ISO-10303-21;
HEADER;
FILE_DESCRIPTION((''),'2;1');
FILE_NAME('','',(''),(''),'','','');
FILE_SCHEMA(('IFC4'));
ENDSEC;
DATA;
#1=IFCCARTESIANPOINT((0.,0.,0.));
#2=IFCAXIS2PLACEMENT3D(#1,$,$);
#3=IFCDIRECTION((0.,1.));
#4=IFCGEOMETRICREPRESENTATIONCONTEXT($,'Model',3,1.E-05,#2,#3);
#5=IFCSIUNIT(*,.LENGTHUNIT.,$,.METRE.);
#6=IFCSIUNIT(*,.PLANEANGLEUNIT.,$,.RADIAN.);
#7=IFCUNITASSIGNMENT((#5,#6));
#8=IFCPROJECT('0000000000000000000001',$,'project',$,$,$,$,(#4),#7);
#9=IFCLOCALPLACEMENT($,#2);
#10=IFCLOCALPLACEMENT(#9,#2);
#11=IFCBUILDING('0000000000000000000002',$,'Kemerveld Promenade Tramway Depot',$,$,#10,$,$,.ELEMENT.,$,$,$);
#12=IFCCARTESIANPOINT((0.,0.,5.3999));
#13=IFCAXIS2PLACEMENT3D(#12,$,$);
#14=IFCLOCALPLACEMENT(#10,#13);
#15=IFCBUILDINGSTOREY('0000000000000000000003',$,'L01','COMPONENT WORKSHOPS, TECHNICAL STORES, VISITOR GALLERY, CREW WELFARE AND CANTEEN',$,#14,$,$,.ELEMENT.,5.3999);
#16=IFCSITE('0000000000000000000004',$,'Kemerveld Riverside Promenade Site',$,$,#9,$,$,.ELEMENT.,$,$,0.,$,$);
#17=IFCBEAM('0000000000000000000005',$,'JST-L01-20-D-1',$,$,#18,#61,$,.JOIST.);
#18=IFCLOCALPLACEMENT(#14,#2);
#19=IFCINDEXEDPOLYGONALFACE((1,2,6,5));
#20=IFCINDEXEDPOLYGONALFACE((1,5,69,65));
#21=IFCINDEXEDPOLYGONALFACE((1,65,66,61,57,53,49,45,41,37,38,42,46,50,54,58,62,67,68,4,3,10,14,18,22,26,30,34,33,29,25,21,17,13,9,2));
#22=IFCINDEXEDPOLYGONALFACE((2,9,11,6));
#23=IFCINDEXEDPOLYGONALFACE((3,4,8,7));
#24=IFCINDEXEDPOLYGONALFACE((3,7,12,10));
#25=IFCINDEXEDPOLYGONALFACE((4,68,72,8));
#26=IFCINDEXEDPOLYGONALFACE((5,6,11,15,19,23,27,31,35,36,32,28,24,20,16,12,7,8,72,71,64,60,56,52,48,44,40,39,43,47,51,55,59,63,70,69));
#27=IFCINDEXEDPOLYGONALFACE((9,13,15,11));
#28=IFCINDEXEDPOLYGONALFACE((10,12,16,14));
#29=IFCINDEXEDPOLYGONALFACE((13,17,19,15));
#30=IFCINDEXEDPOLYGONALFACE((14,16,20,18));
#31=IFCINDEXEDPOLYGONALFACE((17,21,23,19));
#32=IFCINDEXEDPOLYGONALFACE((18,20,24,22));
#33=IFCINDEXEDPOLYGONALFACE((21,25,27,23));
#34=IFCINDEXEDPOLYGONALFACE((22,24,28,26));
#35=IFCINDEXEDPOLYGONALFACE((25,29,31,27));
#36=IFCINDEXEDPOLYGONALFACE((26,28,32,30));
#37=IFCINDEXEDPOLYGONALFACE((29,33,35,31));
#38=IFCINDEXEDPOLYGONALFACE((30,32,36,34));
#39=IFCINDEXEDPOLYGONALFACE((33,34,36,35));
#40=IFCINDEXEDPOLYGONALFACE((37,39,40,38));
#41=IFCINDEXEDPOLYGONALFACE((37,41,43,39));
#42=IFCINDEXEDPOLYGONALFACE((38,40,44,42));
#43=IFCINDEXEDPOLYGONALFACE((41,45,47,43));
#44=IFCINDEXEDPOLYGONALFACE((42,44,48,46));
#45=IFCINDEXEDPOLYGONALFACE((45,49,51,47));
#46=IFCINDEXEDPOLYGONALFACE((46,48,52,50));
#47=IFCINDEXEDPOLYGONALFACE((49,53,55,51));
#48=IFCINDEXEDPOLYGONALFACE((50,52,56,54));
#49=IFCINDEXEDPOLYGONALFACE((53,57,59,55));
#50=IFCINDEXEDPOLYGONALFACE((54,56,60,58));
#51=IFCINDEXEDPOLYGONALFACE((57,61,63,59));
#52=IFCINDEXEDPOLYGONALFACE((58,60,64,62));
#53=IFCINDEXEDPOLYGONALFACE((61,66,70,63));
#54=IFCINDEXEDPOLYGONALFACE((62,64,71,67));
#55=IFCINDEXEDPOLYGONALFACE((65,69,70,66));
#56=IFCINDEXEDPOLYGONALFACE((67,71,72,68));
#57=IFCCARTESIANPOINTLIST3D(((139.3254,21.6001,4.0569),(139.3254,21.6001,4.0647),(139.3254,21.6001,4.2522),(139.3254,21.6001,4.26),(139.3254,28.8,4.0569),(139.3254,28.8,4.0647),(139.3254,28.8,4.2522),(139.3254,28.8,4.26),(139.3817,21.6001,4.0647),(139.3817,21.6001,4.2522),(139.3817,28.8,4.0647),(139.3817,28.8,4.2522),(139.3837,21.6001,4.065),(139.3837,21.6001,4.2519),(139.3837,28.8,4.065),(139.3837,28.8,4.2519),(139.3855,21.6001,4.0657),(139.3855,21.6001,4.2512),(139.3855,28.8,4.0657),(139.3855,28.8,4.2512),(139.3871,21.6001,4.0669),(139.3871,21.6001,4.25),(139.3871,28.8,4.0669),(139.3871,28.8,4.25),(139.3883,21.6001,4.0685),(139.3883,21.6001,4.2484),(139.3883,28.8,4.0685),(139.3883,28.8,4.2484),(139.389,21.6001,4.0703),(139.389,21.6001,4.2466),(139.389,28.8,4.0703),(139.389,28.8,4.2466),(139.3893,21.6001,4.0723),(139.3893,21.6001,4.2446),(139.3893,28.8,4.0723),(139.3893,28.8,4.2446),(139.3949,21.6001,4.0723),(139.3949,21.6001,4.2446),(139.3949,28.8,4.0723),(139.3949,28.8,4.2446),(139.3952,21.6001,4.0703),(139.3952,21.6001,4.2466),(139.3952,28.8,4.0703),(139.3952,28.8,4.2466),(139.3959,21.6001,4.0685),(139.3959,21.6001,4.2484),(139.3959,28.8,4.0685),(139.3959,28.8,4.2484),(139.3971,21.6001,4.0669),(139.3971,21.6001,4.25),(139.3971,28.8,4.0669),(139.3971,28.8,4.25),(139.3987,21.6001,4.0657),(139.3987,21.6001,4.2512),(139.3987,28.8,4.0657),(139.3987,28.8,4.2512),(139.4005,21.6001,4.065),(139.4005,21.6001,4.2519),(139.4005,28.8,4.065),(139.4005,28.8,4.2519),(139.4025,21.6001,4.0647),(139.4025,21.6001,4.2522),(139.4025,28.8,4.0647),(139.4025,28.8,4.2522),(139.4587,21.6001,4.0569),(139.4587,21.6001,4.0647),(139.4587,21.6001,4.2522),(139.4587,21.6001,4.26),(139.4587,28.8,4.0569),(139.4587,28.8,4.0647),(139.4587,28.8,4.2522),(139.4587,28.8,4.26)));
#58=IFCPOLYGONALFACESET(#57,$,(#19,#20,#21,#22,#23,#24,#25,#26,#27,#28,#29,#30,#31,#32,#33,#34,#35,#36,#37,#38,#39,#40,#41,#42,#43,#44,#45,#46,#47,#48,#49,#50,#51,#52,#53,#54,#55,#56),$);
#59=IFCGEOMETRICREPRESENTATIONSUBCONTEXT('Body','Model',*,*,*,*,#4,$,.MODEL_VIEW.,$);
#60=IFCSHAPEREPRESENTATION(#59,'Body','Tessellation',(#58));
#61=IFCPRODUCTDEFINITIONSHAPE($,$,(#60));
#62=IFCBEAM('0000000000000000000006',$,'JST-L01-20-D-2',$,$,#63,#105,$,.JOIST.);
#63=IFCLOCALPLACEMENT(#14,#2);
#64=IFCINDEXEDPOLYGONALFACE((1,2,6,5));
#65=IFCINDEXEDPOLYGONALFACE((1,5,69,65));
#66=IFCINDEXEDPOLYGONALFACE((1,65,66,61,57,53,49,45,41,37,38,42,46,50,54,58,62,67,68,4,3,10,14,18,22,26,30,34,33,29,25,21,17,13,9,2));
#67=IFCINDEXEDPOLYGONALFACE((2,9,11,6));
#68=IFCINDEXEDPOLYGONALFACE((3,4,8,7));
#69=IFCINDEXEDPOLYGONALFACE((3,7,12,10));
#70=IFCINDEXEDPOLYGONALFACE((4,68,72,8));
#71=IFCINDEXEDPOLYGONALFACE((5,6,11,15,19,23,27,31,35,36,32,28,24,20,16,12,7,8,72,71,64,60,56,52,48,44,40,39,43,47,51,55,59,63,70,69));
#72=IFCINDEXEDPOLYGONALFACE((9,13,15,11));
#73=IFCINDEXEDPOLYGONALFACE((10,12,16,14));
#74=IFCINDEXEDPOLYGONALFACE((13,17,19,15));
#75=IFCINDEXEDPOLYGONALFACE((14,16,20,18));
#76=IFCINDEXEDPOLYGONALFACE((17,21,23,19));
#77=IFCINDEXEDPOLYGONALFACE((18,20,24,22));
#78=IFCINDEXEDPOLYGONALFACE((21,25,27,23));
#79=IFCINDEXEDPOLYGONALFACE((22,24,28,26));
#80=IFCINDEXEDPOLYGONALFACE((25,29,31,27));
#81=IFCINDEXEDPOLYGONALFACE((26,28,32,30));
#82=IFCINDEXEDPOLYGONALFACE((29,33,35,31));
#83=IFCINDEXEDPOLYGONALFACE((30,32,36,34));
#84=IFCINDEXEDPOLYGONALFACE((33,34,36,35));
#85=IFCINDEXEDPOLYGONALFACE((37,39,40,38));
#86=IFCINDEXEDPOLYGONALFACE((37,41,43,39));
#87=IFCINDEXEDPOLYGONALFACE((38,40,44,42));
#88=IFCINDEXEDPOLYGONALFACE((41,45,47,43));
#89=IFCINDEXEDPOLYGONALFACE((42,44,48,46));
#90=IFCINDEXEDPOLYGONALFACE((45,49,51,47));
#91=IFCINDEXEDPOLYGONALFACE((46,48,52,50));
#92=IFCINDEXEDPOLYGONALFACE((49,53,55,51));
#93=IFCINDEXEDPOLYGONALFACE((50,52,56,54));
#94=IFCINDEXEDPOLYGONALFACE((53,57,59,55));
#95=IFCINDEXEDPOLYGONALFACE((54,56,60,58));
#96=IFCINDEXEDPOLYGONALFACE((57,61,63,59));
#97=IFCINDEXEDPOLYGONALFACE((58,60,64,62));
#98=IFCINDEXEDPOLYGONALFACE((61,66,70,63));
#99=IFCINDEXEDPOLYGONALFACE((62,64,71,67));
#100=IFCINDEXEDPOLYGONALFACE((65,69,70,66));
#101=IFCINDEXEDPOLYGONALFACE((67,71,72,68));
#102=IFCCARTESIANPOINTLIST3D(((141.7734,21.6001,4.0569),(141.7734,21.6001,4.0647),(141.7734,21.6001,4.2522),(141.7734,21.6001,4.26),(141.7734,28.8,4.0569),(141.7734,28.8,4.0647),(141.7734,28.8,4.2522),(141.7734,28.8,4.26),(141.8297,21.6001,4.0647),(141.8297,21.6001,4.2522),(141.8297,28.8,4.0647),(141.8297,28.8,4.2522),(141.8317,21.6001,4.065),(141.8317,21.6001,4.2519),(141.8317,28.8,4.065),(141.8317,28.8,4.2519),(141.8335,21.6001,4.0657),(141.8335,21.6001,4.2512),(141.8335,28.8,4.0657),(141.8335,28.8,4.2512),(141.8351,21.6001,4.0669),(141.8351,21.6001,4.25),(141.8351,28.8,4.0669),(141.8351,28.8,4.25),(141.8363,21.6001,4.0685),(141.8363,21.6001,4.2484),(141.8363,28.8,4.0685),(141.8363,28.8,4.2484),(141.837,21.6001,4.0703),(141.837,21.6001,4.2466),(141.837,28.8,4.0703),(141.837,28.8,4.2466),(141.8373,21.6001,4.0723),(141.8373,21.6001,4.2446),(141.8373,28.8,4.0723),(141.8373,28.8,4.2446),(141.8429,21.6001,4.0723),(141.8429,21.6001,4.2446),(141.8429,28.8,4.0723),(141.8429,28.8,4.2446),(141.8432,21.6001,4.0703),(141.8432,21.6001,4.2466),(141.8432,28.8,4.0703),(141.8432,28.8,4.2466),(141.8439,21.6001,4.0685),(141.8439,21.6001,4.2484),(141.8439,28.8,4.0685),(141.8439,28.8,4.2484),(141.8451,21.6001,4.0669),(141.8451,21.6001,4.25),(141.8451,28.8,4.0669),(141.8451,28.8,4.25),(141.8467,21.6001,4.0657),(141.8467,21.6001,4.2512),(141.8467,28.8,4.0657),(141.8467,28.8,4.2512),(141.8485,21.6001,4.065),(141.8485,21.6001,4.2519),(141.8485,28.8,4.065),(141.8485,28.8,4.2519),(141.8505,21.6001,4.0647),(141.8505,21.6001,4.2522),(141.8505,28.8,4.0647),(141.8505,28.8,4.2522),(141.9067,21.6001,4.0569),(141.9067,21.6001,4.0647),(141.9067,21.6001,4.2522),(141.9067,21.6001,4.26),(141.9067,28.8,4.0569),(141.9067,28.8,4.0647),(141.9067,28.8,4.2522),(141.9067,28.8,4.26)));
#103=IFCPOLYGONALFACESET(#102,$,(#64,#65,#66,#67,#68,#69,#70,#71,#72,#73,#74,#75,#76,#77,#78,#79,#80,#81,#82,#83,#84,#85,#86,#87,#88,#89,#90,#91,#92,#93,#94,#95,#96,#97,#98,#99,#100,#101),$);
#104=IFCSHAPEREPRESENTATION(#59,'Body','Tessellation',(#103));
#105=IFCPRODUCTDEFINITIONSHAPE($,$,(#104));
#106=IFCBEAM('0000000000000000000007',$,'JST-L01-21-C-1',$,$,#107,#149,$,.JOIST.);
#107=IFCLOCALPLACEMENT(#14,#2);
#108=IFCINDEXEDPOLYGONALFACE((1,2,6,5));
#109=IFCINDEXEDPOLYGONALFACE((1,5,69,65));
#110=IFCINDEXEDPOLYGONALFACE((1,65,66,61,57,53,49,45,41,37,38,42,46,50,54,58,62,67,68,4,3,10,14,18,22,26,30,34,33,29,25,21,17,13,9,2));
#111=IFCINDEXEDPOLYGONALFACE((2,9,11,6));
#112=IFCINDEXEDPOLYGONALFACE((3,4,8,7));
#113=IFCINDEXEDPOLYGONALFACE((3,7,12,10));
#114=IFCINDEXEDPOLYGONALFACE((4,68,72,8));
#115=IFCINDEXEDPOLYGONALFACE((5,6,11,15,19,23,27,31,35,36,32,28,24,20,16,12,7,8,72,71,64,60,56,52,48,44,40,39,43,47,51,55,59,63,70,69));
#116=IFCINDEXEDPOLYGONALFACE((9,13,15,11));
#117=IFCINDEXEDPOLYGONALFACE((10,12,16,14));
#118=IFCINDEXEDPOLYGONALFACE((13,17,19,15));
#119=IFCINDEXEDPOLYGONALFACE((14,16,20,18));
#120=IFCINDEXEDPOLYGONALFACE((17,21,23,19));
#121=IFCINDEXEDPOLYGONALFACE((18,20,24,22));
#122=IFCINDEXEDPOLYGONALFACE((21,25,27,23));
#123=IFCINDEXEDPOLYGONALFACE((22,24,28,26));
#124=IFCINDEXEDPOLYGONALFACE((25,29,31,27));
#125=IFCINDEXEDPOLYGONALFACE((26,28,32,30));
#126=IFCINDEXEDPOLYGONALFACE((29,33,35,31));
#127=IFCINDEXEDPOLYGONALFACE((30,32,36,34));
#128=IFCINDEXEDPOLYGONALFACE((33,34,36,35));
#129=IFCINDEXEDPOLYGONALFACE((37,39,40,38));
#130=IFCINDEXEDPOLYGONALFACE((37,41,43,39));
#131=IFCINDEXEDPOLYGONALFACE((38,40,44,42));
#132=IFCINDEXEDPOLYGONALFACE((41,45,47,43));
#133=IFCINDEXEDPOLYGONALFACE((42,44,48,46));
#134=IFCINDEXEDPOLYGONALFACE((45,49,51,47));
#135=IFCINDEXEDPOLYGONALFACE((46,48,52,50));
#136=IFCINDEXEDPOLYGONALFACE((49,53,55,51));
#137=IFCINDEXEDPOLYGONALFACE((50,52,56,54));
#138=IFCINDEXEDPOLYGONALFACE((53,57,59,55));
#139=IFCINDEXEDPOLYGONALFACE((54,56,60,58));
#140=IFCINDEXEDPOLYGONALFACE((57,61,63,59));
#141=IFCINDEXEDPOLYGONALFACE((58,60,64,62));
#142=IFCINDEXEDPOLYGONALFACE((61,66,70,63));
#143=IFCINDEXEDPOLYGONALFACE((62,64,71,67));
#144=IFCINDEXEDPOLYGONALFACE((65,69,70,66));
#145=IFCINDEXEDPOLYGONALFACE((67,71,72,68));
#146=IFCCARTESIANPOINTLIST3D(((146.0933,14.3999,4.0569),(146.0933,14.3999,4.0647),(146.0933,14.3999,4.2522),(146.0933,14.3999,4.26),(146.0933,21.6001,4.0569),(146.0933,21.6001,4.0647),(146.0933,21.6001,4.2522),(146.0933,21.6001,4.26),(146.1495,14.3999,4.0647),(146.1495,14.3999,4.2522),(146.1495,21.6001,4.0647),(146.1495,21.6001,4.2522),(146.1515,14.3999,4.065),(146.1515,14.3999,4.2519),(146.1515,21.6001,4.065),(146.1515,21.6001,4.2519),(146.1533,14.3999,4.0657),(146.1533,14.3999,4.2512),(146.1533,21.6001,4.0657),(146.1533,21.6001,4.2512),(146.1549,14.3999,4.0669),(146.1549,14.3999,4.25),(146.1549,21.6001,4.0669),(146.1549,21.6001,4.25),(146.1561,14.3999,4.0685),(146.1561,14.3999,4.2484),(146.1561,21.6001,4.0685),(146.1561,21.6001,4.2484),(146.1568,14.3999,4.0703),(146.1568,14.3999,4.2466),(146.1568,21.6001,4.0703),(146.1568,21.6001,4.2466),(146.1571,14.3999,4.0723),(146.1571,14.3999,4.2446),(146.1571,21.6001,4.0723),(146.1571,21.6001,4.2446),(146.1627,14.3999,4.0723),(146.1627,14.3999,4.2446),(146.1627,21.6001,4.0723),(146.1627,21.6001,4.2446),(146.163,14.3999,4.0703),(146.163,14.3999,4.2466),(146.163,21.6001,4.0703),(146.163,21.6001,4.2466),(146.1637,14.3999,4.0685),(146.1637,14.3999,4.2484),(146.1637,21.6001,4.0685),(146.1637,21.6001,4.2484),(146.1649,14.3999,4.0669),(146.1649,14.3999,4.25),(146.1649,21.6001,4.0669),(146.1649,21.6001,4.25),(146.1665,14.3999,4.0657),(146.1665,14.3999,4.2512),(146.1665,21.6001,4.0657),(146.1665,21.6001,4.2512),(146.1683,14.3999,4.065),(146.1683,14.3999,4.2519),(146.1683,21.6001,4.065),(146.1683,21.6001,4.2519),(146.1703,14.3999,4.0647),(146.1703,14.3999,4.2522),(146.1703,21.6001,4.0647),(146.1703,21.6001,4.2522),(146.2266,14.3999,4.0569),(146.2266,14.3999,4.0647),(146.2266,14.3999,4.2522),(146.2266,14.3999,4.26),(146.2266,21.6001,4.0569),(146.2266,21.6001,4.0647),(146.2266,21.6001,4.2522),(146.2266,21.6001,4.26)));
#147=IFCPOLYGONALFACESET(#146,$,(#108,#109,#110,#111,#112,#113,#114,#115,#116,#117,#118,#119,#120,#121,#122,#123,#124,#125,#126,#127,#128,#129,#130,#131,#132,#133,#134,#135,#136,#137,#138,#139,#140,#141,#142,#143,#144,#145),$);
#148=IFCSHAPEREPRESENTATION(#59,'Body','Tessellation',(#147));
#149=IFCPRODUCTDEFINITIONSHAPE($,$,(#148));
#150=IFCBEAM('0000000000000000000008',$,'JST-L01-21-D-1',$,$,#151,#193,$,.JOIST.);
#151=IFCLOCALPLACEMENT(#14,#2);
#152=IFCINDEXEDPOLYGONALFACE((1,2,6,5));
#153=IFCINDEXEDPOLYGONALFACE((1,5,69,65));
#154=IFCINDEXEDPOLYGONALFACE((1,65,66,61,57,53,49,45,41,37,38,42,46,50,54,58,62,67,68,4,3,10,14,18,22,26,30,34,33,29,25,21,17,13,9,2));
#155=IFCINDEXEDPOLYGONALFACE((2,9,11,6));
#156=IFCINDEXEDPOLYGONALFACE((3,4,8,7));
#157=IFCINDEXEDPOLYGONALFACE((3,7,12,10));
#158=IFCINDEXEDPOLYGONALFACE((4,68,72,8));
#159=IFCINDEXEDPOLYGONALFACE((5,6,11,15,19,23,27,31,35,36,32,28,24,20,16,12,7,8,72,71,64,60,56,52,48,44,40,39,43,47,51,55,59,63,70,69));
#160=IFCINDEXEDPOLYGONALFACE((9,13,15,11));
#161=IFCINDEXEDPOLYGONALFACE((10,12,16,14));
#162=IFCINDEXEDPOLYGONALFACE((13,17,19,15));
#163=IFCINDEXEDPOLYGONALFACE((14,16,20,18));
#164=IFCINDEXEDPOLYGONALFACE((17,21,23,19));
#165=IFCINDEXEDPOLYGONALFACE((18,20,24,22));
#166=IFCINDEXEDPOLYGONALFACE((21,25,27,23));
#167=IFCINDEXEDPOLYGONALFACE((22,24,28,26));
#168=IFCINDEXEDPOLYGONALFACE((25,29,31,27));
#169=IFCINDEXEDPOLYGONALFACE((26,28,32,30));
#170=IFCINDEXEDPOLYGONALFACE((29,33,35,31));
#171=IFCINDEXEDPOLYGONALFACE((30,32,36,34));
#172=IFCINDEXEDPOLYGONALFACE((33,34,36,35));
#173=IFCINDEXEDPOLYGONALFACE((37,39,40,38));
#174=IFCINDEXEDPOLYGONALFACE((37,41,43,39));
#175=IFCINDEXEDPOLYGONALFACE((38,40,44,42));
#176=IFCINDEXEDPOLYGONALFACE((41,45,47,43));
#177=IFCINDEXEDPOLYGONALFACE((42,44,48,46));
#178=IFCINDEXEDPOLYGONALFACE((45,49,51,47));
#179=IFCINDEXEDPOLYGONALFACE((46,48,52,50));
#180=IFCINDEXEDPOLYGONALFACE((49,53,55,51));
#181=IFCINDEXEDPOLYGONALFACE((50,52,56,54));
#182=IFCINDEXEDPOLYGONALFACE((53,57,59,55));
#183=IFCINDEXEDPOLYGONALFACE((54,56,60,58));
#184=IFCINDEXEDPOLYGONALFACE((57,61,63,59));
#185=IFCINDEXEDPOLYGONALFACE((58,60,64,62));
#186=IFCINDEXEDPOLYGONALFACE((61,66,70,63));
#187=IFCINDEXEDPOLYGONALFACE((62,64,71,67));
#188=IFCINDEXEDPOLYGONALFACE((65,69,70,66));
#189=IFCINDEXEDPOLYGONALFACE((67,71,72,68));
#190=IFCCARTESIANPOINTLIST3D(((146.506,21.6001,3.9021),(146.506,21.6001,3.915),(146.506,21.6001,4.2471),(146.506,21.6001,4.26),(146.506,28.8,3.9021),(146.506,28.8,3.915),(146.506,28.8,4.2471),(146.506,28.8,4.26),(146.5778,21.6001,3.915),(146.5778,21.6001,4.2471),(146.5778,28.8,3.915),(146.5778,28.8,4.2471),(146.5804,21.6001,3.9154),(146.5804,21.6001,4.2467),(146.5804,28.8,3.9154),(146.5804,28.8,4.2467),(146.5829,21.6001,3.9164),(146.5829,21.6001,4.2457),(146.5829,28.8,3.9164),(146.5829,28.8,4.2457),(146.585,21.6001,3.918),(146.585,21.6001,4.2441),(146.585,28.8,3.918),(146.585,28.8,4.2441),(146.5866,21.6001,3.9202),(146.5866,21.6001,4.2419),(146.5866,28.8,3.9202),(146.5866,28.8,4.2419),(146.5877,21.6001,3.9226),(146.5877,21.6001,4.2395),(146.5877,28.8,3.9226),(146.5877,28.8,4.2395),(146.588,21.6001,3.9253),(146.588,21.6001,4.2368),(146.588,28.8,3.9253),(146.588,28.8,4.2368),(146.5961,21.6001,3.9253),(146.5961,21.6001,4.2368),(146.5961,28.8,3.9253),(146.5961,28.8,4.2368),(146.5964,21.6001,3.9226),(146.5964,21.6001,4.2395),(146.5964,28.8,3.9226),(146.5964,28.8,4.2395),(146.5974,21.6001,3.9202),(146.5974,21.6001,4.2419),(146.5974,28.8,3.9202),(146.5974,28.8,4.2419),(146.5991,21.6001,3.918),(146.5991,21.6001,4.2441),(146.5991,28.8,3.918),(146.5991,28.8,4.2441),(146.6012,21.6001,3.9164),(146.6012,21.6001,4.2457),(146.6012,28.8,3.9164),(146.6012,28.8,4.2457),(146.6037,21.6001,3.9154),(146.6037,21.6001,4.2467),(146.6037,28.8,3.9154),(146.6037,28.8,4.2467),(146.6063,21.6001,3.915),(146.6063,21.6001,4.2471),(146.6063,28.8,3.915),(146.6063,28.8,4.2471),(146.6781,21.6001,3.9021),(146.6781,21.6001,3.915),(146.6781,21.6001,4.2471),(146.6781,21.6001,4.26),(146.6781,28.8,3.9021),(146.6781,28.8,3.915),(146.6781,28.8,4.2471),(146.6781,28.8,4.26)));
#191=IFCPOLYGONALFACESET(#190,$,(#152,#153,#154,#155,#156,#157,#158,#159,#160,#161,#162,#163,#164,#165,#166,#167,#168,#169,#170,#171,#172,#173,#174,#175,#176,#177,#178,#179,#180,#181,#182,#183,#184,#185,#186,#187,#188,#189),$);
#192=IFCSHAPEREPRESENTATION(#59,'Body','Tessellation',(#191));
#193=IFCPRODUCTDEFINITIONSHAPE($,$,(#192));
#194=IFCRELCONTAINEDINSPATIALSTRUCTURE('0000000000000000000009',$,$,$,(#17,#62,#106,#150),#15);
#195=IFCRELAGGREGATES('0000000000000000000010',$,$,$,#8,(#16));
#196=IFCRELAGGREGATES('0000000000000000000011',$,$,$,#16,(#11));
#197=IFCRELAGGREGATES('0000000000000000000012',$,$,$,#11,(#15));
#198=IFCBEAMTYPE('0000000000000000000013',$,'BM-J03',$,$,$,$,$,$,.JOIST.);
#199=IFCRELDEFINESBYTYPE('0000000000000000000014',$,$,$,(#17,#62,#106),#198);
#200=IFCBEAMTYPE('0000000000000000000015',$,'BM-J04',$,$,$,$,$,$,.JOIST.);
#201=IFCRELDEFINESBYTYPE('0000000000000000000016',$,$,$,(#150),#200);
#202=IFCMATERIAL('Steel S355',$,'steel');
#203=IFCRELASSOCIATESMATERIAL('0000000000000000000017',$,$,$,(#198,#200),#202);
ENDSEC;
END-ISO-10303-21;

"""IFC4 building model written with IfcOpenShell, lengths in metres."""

from ifc_helpers import new_model, si_unit, direction, frame, origin, origin_2d, place, context, subcontext, project, spatial, i_section, extrude, material, material_profile, profile_set, type_object, element, save


model = new_model("IFC4")

# Units and contexts
model_context = context("Model", 3, precision=1e-05, world=origin(), true_north=direction((0.0, 1.0)))
body_context = subcontext(model_context, "Body", "Model", "MODEL_VIEW")
ifc_project = project(units=[si_unit("LENGTHUNIT", "METRE"), si_unit("PLANEANGLEUNIT", "RADIAN")], contexts=[model_context])

# Site, building, storey
site_placement = place(None, origin())
site = spatial("IfcSite", under=ifc_project, at=site_placement, Name="Kemerveld Riverside Promenade Site", CompositionType="ELEMENT", RefElevation=0.0)
building_placement = place(site_placement, origin())
building = spatial("IfcBuilding", under=site, at=building_placement, Name="Kemerveld Promenade Tramway Depot", CompositionType="ELEMENT")
storey_placement = place(building_placement, frame((0.0, 0.0, 5.3999)))
storey = spatial("IfcBuildingStorey", under=building, at=storey_placement, Name="L01", Description="COMPONENT WORKSHOPS, TECHNICAL STORES, VISITOR GALLERY, CREW WELFARE AND CANTEEN", CompositionType="ELEMENT", Elevation=5.3999)

# Shared definitions
ifc_material_1 = material(Name="Steel S355", Category="steel")

# Beams
ifc_material_profile_1 = material_profile(ifc_material_1, i_section(OverallWidth=0.1333, OverallDepth=0.2031, WebThickness=0.0056, FlangeThickness=0.0078, FilletRadius=0.0076, at=origin_2d()), Name="203x133x25 UB")
ifc_profile_set_1 = profile_set([ifc_material_profile_1], Name="Steel S355")
beam_type_1 = type_object("IfcBeamType", Name="BM-J03", PredefinedType="JOIST", material=ifc_profile_set_1)
for number, where, z_axis, x_axis, name in (
    (1, (139.3921, 21.6001, 4.1584), (0.0, 1.0, 0.0), (-1.0, 0.0, 0.0), "JST-L01-20-D-1"),
    (2, (141.8401, 21.6001, 4.1584), (0.0, 1.0, 0.0), (-1.0, 0.0, 0.0), "JST-L01-20-D-2"),
):
    element("IfcBeam", number, at=place(storey_placement, frame(where, z_axis=z_axis, x_axis=x_axis)), inside=storey, type_object=beam_type_1, Name=name, PredefinedType="JOIST", context=body_context, shape_type="SweptSolid", body=[
        extrude(i_section(OverallWidth=0.1333, OverallDepth=0.2031, WebThickness=0.0056, FlangeThickness=0.0078, FilletRadius=0.0076, at=origin_2d()), origin(), (0.0, 0.0, 1.0), 7.2),
    ])
beam_1_placement = place(storey_placement, frame((146.1599, 14.3999, 4.1584), z_axis=(0.0, 1.0, 0.0), x_axis=(-1.0, 0.0, 0.0)))
element("IfcBeam", 3, at=beam_1_placement, inside=storey, type_object=beam_type_1, Name="JST-L01-21-C-1", PredefinedType="JOIST", context=body_context, shape_type="SweptSolid", body=[
    extrude(i_section(OverallWidth=0.1333, OverallDepth=0.2031, WebThickness=0.0056, FlangeThickness=0.0078, FilletRadius=0.0076, at=origin_2d()), origin(), (0.0, 0.0, 1.0), 7.2002),
])
ifc_material_profile_2 = material_profile(ifc_material_1, i_section(OverallWidth=0.1721, OverallDepth=0.3579, WebThickness=0.0081, FlangeThickness=0.0129, FilletRadius=0.0103, at=origin_2d()), Name="356x171x57 UB")
ifc_profile_set_2 = profile_set([ifc_material_profile_2], Name="Steel S355")
beam_type_2 = type_object("IfcBeamType", Name="BM-J04", PredefinedType="JOIST", material=ifc_profile_set_2)
beam_2_placement = place(storey_placement, frame((146.592, 21.6001, 4.0811), z_axis=(0.0, 1.0, 0.0), x_axis=(-1.0, 0.0, 0.0)))
element("IfcBeam", 4, at=beam_2_placement, inside=storey, type_object=beam_type_2, Name="JST-L01-21-D-1", PredefinedType="JOIST", context=body_context, shape_type="SweptSolid", body=[
    extrude(i_section(OverallWidth=0.1721, OverallDepth=0.3579, WebThickness=0.0081, FlangeThickness=0.0129, FilletRadius=0.0103, at=origin_2d()), origin(), (0.0, 0.0, 1.0), 7.2),
])

save(model, "model.ifc")
